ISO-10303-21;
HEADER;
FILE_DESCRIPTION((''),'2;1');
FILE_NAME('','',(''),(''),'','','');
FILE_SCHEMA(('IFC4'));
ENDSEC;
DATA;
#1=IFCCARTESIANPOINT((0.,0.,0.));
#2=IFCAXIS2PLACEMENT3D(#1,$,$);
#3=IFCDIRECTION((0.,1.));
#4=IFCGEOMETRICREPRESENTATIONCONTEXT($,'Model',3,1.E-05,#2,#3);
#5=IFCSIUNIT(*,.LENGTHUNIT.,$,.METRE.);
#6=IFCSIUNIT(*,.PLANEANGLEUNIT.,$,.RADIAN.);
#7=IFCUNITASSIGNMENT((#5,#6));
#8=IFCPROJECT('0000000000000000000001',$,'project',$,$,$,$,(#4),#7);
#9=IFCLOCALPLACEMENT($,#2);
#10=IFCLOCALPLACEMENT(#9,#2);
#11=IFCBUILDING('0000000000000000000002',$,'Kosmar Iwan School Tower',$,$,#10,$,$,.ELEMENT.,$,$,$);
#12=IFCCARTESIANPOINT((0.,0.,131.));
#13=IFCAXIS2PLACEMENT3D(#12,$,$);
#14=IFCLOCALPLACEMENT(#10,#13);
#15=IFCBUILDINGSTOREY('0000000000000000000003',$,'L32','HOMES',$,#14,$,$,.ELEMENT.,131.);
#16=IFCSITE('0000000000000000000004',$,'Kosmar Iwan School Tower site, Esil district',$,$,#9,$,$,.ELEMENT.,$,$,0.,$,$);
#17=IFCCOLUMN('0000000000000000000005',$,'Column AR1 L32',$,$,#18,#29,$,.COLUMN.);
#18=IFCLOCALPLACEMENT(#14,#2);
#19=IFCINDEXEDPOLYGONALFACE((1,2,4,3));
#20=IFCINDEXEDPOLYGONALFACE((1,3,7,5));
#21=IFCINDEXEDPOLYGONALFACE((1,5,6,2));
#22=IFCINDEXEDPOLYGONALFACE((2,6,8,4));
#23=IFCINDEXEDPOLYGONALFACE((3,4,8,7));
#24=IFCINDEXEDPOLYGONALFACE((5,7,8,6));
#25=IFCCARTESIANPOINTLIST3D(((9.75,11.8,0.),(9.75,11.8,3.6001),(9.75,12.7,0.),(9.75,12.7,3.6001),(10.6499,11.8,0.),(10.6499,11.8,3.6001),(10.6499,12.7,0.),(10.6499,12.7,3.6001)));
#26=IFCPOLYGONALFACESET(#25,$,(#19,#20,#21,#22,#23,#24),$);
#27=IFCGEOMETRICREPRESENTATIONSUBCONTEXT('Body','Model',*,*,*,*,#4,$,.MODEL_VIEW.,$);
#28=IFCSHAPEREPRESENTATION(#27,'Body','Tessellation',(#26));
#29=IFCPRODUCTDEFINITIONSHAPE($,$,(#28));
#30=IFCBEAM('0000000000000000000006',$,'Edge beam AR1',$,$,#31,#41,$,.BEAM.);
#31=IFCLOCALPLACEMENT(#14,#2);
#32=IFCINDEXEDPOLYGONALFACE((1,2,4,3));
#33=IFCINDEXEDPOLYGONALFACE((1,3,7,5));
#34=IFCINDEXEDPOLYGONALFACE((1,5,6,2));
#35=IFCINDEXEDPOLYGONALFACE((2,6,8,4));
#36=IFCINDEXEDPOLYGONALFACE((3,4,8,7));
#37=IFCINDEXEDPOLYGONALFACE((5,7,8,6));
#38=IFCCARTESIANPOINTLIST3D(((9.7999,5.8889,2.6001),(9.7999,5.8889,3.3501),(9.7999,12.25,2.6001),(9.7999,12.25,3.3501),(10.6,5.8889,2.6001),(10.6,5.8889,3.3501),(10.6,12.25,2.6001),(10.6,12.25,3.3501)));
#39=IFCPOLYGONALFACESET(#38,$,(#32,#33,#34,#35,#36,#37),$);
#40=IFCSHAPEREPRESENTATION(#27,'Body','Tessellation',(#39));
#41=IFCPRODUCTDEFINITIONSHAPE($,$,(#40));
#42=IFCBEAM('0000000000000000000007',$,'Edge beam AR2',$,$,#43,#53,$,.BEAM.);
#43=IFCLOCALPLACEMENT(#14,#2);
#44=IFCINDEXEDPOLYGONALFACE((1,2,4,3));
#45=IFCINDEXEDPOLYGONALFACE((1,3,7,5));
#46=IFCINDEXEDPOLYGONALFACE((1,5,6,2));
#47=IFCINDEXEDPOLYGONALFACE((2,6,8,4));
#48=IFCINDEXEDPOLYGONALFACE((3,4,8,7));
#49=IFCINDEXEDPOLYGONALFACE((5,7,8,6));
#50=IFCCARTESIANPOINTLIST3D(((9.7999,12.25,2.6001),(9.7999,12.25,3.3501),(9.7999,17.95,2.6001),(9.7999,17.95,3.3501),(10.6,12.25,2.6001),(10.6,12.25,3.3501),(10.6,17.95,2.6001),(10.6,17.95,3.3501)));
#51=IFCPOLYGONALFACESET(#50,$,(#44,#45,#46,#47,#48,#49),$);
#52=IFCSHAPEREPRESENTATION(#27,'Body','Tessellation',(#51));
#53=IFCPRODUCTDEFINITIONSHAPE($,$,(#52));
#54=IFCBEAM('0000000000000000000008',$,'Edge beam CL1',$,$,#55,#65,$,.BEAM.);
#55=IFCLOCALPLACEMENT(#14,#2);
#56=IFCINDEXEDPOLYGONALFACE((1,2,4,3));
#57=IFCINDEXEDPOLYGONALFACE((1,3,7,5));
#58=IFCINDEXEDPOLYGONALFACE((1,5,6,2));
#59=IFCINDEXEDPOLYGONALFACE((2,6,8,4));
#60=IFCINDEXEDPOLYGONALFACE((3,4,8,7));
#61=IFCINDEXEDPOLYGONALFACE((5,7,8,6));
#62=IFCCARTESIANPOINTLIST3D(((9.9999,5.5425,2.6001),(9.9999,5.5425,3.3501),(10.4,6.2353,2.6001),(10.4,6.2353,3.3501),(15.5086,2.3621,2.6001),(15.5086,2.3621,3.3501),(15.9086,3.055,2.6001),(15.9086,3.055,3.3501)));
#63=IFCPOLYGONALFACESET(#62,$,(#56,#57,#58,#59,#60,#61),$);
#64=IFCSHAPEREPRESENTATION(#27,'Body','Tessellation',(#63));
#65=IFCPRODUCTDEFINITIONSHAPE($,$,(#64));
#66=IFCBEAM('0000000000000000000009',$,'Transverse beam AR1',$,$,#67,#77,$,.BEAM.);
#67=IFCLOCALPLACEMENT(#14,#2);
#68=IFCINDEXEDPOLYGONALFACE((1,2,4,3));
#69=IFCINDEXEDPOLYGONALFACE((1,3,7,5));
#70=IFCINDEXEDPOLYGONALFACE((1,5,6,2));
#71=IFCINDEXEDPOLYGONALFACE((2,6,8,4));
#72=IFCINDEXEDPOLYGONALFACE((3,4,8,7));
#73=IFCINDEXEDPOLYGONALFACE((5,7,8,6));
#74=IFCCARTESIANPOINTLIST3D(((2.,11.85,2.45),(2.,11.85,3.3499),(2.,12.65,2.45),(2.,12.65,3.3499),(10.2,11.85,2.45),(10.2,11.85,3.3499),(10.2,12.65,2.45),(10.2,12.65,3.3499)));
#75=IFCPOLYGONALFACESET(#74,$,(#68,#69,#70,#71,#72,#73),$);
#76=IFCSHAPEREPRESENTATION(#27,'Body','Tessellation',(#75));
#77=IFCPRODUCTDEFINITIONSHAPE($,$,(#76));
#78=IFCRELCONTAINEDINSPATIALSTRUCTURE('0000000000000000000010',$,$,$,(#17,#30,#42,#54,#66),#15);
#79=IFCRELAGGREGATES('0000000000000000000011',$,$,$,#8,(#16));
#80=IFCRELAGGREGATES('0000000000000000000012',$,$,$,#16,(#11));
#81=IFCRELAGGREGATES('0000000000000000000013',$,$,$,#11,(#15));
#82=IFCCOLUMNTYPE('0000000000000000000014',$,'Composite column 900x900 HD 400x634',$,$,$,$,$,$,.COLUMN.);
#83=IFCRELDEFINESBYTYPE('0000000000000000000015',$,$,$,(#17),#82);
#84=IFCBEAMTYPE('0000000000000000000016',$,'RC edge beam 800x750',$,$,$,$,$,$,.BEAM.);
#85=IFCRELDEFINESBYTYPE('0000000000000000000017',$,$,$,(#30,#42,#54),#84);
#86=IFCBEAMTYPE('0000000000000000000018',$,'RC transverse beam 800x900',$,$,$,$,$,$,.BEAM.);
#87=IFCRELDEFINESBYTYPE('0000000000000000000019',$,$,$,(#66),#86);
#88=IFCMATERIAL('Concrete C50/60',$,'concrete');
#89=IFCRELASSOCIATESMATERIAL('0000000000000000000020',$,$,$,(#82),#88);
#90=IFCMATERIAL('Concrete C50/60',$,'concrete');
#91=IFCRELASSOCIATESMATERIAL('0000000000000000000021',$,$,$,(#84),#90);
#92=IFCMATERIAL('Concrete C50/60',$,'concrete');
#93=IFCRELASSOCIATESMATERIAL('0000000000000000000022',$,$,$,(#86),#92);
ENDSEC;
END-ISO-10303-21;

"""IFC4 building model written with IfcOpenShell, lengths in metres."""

from ifc_helpers import new_model, si_unit, direction, frame, origin, origin_2d, place, context, subcontext, project, spatial, rectangle, extrude, material, material_profile, profile_set, type_object, element, save


model = new_model("IFC4")

# Units and contexts
model_context = context("Model", 3, precision=1e-05, world=origin(), true_north=direction((0.0, 1.0)))
body_context = subcontext(model_context, "Body", "Model", "MODEL_VIEW")
ifc_project = project(units=[si_unit("LENGTHUNIT", "METRE"), si_unit("PLANEANGLEUNIT", "RADIAN")], contexts=[model_context])

# Site, building, storey
site_placement = place(None, origin())
site = spatial("IfcSite", under=ifc_project, at=site_placement, Name="Kosmar Iwan School Tower site, Esil district", CompositionType="ELEMENT", RefElevation=0.0)
building_placement = place(site_placement, origin())
building = spatial("IfcBuilding", under=site, at=building_placement, Name="Kosmar Iwan School Tower", CompositionType="ELEMENT")
storey_placement = place(building_placement, frame((0.0, 0.0, 131.0)))
storey = spatial("IfcBuildingStorey", under=building, at=storey_placement, Name="L32", Description="HOMES", CompositionType="ELEMENT", Elevation=131.0)

# Column
ifc_material_1 = material(Name="Concrete C50/60", Category="concrete")
ifc_material_profile_1 = material_profile(ifc_material_1, rectangle(XDim=0.8999, YDim=0.8999, at=origin_2d()), Name="RC 900x900 + HD 400x634")
ifc_profile_set_1 = profile_set([ifc_material_profile_1], Name="Concrete C50/60")
column_type = type_object("IfcColumnType", Name="Composite column 900x900 HD 400x634", PredefinedType="COLUMN", material=ifc_profile_set_1)
column_placement = place(storey_placement, frame((10.2, 12.25, 0.0), z_axis=(0.0, 0.0, 1.0), x_axis=(0.0, 1.0, 0.0)))
element("IfcColumn", 1, at=column_placement, inside=storey, type_object=column_type, Name="Column AR1 L32", PredefinedType="COLUMN", context=body_context, shape_type="SweptSolid", body=[
    extrude(rectangle(XDim=0.8999, YDim=0.8999, at=origin_2d()), origin(), (0.0, 0.0, 1.0), 3.6001),
])

# Beams
ifc_material_2 = material(Name="Concrete C50/60", Category="concrete")
ifc_material_profile_2 = material_profile(ifc_material_2, rectangle(XDim=0.8, YDim=0.75, at=origin_2d()), Name="RC 800x750")
ifc_profile_set_2 = profile_set([ifc_material_profile_2], Name="Concrete C50/60")
beam_type_1 = type_object("IfcBeamType", Name="RC edge beam 800x750", PredefinedType="BEAM", material=ifc_profile_set_2)
beam_1_placement = place(storey_placement, frame((10.2, 5.8889, 2.9751), z_axis=(0.0, 1.0, 0.0), x_axis=(-1.0, 0.0, 0.0)))
element("IfcBeam", 2, at=beam_1_placement, inside=storey, type_object=beam_type_1, Name="Edge beam AR1", PredefinedType="BEAM", context=body_context, shape_type="SweptSolid", body=[
    extrude(rectangle(XDim=0.8, YDim=0.75, at=origin_2d()), origin(), (0.0, 0.0, 1.0), 6.3611),
])
beam_2_placement = place(storey_placement, frame((10.2, 12.25, 2.9751), z_axis=(0.0, 1.0, 0.0), x_axis=(-1.0, 0.0, 0.0)))
element("IfcBeam", 3, at=beam_2_placement, inside=storey, type_object=beam_type_1, Name="Edge beam AR2", PredefinedType="BEAM", context=body_context, shape_type="SweptSolid", body=[
    extrude(rectangle(XDim=0.8, YDim=0.75, at=origin_2d()), origin(), (0.0, 0.0, 1.0), 5.7),
])
beam_3_placement = place(storey_placement, frame((10.2, 5.8889, 2.9751), z_axis=(0.866031, -0.49999, 0.0), x_axis=(0.49999, 0.866031, 0.0)))
element("IfcBeam", 4, at=beam_3_placement, inside=storey, type_object=beam_type_1, Name="Edge beam CL1", PredefinedType="BEAM", context=body_context, shape_type="SweptSolid", body=[
    extrude(rectangle(XDim=0.8, YDim=0.75, at=origin_2d()), origin(), (0.0, 0.0, 1.0), 6.3608),
])
ifc_material_3 = material(Name="Concrete C50/60", Category="concrete")
ifc_material_profile_3 = material_profile(ifc_material_3, rectangle(XDim=0.8, YDim=0.8999, at=origin_2d()), Name="RC 800x900")
ifc_profile_set_3 = profile_set([ifc_material_profile_3], Name="Concrete C50/60")
beam_type_2 = type_object("IfcBeamType", Name="RC transverse beam 800x900", PredefinedType="BEAM", material=ifc_profile_set_3)
beam_4_placement = place(storey_placement, frame((10.2, 12.25, 2.8999), z_axis=(-1.0, 0.0, 0.0), x_axis=(0.0, -1.0, 0.0)))
element("IfcBeam", 5, at=beam_4_placement, inside=storey, type_object=beam_type_2, Name="Transverse beam AR1", PredefinedType="BEAM", context=body_context, shape_type="SweptSolid", body=[
    extrude(rectangle(XDim=0.8, YDim=0.8999, at=origin_2d()), origin(), (0.0, 0.0, 1.0), 8.2),
])

save(model, "model.ifc")
